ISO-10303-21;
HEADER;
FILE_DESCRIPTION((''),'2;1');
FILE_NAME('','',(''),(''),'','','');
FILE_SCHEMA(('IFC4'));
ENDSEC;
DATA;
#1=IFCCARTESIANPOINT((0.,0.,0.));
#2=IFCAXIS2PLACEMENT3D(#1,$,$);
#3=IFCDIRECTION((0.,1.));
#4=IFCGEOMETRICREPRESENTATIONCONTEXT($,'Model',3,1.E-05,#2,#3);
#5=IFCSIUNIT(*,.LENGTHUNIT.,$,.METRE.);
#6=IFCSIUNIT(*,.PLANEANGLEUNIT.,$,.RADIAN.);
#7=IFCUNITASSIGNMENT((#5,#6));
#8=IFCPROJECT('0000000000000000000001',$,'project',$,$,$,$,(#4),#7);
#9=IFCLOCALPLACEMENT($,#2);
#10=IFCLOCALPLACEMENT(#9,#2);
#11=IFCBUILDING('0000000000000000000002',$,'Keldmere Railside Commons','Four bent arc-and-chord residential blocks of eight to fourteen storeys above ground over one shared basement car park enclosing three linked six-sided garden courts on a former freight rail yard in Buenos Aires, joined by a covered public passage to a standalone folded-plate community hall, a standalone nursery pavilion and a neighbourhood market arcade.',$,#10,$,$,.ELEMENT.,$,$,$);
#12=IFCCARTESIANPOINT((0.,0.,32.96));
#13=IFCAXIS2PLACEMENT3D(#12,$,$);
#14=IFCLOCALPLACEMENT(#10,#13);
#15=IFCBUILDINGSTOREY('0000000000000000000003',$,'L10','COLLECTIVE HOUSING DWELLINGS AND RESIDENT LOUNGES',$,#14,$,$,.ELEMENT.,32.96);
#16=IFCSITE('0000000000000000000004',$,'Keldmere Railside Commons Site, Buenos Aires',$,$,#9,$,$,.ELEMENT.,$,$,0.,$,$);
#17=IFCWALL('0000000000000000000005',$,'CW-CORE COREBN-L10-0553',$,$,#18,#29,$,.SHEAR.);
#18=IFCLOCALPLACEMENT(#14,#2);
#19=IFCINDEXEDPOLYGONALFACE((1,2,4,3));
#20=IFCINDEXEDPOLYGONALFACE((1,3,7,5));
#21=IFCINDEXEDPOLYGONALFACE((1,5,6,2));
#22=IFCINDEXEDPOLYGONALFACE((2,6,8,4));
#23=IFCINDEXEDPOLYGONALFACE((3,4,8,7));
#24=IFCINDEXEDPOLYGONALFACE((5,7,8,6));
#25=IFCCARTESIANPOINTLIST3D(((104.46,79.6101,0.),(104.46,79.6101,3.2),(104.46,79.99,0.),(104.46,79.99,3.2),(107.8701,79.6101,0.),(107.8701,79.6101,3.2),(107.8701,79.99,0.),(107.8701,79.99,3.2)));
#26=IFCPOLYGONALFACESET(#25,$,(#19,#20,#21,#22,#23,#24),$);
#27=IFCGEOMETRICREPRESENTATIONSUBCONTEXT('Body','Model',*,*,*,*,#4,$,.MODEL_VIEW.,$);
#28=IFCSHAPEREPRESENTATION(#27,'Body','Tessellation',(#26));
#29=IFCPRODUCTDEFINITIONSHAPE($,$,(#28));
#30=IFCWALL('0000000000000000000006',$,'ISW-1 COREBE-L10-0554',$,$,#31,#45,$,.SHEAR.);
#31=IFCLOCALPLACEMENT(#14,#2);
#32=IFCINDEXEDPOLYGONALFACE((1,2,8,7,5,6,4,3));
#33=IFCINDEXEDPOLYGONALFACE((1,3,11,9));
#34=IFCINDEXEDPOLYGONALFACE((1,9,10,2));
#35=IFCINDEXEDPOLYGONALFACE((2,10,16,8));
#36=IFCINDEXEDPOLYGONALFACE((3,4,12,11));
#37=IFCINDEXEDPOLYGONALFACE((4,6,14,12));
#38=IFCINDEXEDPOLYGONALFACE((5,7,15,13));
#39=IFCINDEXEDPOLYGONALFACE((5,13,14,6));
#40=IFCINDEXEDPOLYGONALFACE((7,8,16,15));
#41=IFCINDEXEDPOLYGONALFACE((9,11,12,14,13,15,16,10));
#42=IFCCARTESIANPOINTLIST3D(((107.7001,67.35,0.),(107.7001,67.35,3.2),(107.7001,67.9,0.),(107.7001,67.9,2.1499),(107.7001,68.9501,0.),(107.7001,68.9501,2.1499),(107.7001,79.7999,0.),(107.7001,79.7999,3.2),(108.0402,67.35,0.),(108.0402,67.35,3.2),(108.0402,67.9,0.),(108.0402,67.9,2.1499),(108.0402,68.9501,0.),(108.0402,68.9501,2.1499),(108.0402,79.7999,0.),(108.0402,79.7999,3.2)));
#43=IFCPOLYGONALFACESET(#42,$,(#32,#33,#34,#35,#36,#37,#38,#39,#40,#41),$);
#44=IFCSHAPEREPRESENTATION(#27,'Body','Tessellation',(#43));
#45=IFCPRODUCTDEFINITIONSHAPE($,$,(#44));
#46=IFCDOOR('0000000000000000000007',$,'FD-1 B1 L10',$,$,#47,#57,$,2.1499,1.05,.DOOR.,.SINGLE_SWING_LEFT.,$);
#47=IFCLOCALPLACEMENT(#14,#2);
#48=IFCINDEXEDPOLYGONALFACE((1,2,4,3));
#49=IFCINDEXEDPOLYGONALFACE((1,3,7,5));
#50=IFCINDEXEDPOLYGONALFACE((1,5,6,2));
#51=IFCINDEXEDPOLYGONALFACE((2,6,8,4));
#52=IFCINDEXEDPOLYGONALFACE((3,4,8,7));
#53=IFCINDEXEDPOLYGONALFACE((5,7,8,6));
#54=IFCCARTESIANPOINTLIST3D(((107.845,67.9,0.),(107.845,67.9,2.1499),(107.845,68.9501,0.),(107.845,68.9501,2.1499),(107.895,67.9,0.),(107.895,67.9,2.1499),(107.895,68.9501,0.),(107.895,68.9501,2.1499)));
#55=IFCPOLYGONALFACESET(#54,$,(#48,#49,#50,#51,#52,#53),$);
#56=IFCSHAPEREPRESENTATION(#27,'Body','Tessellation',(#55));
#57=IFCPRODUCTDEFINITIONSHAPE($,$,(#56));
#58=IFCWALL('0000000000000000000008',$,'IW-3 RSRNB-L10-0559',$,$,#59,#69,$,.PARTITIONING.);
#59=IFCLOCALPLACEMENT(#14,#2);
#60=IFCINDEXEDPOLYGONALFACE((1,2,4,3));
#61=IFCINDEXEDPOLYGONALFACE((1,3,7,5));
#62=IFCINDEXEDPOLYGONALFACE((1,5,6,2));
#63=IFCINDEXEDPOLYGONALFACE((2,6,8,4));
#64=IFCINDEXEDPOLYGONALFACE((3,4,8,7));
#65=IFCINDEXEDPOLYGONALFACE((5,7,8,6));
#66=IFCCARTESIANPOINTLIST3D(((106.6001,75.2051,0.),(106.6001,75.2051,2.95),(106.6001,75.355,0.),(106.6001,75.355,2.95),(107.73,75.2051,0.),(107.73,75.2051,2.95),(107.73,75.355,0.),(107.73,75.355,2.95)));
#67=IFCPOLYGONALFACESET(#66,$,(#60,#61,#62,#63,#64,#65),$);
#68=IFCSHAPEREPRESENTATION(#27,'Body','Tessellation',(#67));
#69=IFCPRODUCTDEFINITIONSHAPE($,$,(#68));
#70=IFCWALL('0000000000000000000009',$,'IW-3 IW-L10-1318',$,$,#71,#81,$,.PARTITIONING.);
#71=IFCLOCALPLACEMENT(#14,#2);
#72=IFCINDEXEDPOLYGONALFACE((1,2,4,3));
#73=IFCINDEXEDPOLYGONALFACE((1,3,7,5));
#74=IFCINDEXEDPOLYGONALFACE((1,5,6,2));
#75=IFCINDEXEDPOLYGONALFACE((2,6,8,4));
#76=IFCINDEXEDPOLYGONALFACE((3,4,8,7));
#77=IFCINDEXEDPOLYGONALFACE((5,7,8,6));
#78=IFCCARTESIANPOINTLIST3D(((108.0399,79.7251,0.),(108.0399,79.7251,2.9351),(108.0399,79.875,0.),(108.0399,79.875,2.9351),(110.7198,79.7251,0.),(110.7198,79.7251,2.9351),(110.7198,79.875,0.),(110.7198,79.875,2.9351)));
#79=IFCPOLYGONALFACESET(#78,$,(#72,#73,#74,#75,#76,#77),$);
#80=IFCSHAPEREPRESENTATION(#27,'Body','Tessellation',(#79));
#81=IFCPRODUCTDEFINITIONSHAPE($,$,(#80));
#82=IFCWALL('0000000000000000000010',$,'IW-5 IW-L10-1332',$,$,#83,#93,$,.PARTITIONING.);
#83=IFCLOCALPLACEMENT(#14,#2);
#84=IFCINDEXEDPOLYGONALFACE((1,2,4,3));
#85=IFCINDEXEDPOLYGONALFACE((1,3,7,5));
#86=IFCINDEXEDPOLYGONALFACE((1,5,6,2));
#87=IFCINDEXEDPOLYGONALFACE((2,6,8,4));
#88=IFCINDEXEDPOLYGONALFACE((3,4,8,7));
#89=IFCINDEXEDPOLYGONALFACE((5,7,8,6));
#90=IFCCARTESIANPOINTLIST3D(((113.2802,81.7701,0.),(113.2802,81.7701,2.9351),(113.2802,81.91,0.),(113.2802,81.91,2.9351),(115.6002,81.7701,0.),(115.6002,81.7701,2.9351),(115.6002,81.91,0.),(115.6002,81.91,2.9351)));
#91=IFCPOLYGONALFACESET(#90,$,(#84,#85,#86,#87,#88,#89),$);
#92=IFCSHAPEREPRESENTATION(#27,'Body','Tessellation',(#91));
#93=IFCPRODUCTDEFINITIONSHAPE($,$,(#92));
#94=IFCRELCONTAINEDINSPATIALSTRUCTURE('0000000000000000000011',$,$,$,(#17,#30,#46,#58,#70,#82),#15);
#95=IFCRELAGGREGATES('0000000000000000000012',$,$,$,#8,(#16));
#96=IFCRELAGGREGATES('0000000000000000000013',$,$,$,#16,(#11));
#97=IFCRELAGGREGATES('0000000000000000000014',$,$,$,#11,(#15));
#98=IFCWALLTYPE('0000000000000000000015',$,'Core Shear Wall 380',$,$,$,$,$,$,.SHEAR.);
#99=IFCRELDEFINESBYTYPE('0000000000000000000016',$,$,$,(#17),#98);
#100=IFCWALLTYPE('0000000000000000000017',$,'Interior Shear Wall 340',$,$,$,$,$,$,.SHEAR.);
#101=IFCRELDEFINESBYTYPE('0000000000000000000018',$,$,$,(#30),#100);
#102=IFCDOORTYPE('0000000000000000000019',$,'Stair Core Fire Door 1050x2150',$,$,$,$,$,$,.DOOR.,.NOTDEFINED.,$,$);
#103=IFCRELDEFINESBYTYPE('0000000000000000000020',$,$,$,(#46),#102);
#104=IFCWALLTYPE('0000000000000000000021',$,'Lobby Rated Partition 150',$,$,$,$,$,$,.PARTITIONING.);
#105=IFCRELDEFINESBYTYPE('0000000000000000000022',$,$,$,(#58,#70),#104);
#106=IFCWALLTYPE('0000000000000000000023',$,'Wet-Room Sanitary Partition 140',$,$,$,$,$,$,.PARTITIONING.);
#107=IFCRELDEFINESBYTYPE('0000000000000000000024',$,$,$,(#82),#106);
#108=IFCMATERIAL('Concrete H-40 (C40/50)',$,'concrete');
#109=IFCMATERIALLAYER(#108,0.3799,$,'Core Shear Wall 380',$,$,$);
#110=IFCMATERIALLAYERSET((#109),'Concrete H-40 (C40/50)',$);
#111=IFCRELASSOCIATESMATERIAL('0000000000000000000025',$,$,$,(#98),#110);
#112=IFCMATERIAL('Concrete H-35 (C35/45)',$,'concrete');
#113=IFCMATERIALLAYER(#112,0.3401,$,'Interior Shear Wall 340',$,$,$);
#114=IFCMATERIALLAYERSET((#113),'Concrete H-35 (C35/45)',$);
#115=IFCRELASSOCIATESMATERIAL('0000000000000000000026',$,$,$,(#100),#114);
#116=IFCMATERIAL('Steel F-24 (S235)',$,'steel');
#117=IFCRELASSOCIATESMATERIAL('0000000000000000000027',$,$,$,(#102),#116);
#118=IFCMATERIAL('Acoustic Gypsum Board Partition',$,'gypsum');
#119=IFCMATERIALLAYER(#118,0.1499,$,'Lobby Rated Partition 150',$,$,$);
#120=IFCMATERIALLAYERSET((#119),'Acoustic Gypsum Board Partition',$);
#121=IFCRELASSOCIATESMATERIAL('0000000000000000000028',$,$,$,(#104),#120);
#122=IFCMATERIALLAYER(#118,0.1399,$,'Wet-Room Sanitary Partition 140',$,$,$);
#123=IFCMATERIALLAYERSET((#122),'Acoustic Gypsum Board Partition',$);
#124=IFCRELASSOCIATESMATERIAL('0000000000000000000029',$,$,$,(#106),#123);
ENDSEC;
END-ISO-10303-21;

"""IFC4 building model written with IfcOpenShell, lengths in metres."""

from ifc_helpers import new_model, si_unit, direction, frame, frame_2d, origin, place, context, subcontext, project, spatial, rectangle, extrude, material, layer, layer_set, type_object, element, fill, save


model = new_model("IFC4")

# Units and contexts
model_context = context("Model", 3, precision=1e-05, world=origin(), true_north=direction((0.0, 1.0)))
body_context = subcontext(model_context, "Body", "Model", "MODEL_VIEW")
ifc_project = project(units=[si_unit("LENGTHUNIT", "METRE"), si_unit("PLANEANGLEUNIT", "RADIAN")], contexts=[model_context])

# Site, building, storey
site_placement = place(None, origin())
site = spatial("IfcSite", under=ifc_project, at=site_placement, Name="Keldmere Railside Commons Site, Buenos Aires", CompositionType="ELEMENT", RefElevation=0.0)
building_placement = place(site_placement, origin())
building = spatial("IfcBuilding", under=site, at=building_placement, Name="Keldmere Railside Commons", Description="Four bent arc-and-chord residential blocks of eight to fourteen storeys above ground over one shared basement car park enclosing three linked six-sided garden courts on a former freight rail yard in Buenos Aires, joined by a covered public passage to a standalone folded-plate community hall, a standalone nursery pavilion and a neighbourhood market arcade.", CompositionType="ELEMENT")
storey_placement = place(building_placement, frame((0.0, 0.0, 32.96)))
storey = spatial("IfcBuildingStorey", under=building, at=storey_placement, Name="L10", Description="COLLECTIVE HOUSING DWELLINGS AND RESIDENT LOUNGES", CompositionType="ELEMENT", Elevation=32.96)

# Shared definitions
ifc_material_1 = material(Name="Concrete H-35 (C35/45)", Category="concrete")

# Shared definitions
ifc_material_2 = material(Name="Acoustic Gypsum Board Partition", Category="gypsum")

# Wall
ifc_material_3 = material(Name="Concrete H-40 (C40/50)", Category="concrete")
ifc_layer_1 = layer(ifc_material_3, 0.3799, Name="Core Shear Wall 380")
ifc_layer_set_1 = layer_set([ifc_layer_1], Name="Concrete H-40 (C40/50)")
wall_type_1 = type_object("IfcWallType", Name="Core Shear Wall 380", PredefinedType="SHEAR", material=ifc_layer_set_1)
wall_1_placement = place(storey_placement, frame((104.46, 79.8, 0.0), z_axis=(0.0, 0.0, 1.0), x_axis=(1.0, 0.0, 0.0)))
element("IfcWall", 1, at=wall_1_placement, inside=storey, type_object=wall_type_1, Name="CW-CORE COREBN-L10-0553", PredefinedType="SHEAR", context=body_context, shape_type="SweptSolid", body=[
    extrude(rectangle(XDim=3.4102, YDim=0.3799, at=frame_2d((1.7051, 0.0))), origin(), (0.0, 0.0, 1.0), 3.2),
])

# Wall, opening, door
ifc_layer_2 = layer(ifc_material_1, 0.3401, Name="Interior Shear Wall 340")
ifc_layer_set_2 = layer_set([ifc_layer_2], Name="Concrete H-35 (C35/45)")
wall_type_2 = type_object("IfcWallType", Name="Interior Shear Wall 340", PredefinedType="SHEAR", material=ifc_layer_set_2)
wall_2_placement = place(storey_placement, frame((107.8701, 79.8, 0.0), z_axis=(0.0, 0.0, 1.0), x_axis=(0.0, -1.0, 0.0)))
wall_2 = element("IfcWall", 2, at=wall_2_placement, inside=storey, type_object=wall_type_2, Name="ISW-1 COREBE-L10-0554", PredefinedType="SHEAR", context=body_context, shape_type="SweptSolid", body=[
    extrude(rectangle(XDim=12.45, YDim=0.3401, at=frame_2d((6.2251, 0.0))), origin(), (0.0, 0.0, 1.0), 3.2),
])
opening_1_placement = place(wall_2_placement, frame((10.8501, 0.0, 0.0)))
opening_1 = element("IfcOpeningElement", 3, at=opening_1_placement, cuts=wall_2, PredefinedType="OPENING", context=body_context, shape_type="SweptSolid", body=[
    extrude(rectangle(XDim=1.05, YDim=2.1499, at=frame_2d((0.5249, 1.075))), frame((0.0, 0.1799, 0.0), z_axis=(0.0, -1.0, 0.0), x_axis=(1.0, 0.0, 0.0)), (0.0, 0.0, 1.0), 0.3601),
])
ifc_material_4 = material(Name="Steel F-24 (S235)", Category="steel")
door_type_1 = type_object("IfcDoorType", Name="Stair Core Fire Door 1050x2150", OperationType="NOTDEFINED", PredefinedType="DOOR", material=ifc_material_4)
door_1_placement = place(opening_1_placement, origin())
door_1 = element("IfcDoor", 4, at=door_1_placement, inside=storey, type_object=door_type_1, Name="FD-1 B1 L10", OperationType="SINGLE_SWING_LEFT", OverallHeight=2.1499, OverallWidth=1.05, PredefinedType="DOOR", context=body_context, shape_type="SweptSolid", body=[
    extrude(rectangle(XDim=1.05, YDim=2.1499, at=frame_2d((0.5249, 1.075))), frame((0.0, 0.0249, 0.0), z_axis=(0.0, -1.0, 0.0), x_axis=(1.0, 0.0, 0.0)), (0.0, 0.0, 1.0), 0.05),
])
fill(opening_1, door_1)

# Walls
ifc_layer_3 = layer(ifc_material_2, 0.1499, Name="Lobby Rated Partition 150")
ifc_layer_set_3 = layer_set([ifc_layer_3], Name="Acoustic Gypsum Board Partition")
wall_type_3 = type_object("IfcWallType", Name="Lobby Rated Partition 150", PredefinedType="PARTITIONING", material=ifc_layer_set_3)
wall_3_placement = place(storey_placement, frame((106.6001, 75.28, 0.0), z_axis=(0.0, 0.0, 1.0), x_axis=(1.0, 0.0, 0.0)))
element("IfcWall", 5, at=wall_3_placement, inside=storey, type_object=wall_type_3, Name="IW-3 RSRNB-L10-0559", PredefinedType="PARTITIONING", context=body_context, shape_type="SweptSolid", body=[
    extrude(rectangle(XDim=1.1299, YDim=0.1499, at=frame_2d((0.5649, 0.0))), origin(), (0.0, 0.0, 1.0), 2.95),
])
wall_4_placement = place(storey_placement, frame((108.04, 79.8, 0.0), z_axis=(0.0, 0.0, 1.0), x_axis=(1.0, 0.0, 0.0)))
element("IfcWall", 6, at=wall_4_placement, inside=storey, type_object=wall_type_3, Name="IW-3 IW-L10-1318", PredefinedType="PARTITIONING", context=body_context, shape_type="SweptSolid", body=[
    extrude(rectangle(XDim=2.6799, YDim=0.1499, at=frame_2d((1.3398, 0.0))), origin(), (0.0, 0.0, 1.0), 2.9351),
])
ifc_layer_4 = layer(ifc_material_2, 0.1399, Name="Wet-Room Sanitary Partition 140")
ifc_layer_set_4 = layer_set([ifc_layer_4], Name="Acoustic Gypsum Board Partition")
wall_type_4 = type_object("IfcWallType", Name="Wet-Room Sanitary Partition 140", PredefinedType="PARTITIONING", material=ifc_layer_set_4)
wall_5_placement = place(storey_placement, frame((113.28, 81.8401, 0.0), z_axis=(0.0, 0.0, 1.0), x_axis=(1.0, 0.0, 0.0)))
element("IfcWall", 7, at=wall_5_placement, inside=storey, type_object=wall_type_4, Name="IW-5 IW-L10-1332", PredefinedType="PARTITIONING", context=body_context, shape_type="SweptSolid", body=[
    extrude(rectangle(XDim=2.3201, YDim=0.1399, at=frame_2d((1.1602, 0.0))), origin(), (0.0, 0.0, 1.0), 2.9351),
])

save(model, "model.ifc")
